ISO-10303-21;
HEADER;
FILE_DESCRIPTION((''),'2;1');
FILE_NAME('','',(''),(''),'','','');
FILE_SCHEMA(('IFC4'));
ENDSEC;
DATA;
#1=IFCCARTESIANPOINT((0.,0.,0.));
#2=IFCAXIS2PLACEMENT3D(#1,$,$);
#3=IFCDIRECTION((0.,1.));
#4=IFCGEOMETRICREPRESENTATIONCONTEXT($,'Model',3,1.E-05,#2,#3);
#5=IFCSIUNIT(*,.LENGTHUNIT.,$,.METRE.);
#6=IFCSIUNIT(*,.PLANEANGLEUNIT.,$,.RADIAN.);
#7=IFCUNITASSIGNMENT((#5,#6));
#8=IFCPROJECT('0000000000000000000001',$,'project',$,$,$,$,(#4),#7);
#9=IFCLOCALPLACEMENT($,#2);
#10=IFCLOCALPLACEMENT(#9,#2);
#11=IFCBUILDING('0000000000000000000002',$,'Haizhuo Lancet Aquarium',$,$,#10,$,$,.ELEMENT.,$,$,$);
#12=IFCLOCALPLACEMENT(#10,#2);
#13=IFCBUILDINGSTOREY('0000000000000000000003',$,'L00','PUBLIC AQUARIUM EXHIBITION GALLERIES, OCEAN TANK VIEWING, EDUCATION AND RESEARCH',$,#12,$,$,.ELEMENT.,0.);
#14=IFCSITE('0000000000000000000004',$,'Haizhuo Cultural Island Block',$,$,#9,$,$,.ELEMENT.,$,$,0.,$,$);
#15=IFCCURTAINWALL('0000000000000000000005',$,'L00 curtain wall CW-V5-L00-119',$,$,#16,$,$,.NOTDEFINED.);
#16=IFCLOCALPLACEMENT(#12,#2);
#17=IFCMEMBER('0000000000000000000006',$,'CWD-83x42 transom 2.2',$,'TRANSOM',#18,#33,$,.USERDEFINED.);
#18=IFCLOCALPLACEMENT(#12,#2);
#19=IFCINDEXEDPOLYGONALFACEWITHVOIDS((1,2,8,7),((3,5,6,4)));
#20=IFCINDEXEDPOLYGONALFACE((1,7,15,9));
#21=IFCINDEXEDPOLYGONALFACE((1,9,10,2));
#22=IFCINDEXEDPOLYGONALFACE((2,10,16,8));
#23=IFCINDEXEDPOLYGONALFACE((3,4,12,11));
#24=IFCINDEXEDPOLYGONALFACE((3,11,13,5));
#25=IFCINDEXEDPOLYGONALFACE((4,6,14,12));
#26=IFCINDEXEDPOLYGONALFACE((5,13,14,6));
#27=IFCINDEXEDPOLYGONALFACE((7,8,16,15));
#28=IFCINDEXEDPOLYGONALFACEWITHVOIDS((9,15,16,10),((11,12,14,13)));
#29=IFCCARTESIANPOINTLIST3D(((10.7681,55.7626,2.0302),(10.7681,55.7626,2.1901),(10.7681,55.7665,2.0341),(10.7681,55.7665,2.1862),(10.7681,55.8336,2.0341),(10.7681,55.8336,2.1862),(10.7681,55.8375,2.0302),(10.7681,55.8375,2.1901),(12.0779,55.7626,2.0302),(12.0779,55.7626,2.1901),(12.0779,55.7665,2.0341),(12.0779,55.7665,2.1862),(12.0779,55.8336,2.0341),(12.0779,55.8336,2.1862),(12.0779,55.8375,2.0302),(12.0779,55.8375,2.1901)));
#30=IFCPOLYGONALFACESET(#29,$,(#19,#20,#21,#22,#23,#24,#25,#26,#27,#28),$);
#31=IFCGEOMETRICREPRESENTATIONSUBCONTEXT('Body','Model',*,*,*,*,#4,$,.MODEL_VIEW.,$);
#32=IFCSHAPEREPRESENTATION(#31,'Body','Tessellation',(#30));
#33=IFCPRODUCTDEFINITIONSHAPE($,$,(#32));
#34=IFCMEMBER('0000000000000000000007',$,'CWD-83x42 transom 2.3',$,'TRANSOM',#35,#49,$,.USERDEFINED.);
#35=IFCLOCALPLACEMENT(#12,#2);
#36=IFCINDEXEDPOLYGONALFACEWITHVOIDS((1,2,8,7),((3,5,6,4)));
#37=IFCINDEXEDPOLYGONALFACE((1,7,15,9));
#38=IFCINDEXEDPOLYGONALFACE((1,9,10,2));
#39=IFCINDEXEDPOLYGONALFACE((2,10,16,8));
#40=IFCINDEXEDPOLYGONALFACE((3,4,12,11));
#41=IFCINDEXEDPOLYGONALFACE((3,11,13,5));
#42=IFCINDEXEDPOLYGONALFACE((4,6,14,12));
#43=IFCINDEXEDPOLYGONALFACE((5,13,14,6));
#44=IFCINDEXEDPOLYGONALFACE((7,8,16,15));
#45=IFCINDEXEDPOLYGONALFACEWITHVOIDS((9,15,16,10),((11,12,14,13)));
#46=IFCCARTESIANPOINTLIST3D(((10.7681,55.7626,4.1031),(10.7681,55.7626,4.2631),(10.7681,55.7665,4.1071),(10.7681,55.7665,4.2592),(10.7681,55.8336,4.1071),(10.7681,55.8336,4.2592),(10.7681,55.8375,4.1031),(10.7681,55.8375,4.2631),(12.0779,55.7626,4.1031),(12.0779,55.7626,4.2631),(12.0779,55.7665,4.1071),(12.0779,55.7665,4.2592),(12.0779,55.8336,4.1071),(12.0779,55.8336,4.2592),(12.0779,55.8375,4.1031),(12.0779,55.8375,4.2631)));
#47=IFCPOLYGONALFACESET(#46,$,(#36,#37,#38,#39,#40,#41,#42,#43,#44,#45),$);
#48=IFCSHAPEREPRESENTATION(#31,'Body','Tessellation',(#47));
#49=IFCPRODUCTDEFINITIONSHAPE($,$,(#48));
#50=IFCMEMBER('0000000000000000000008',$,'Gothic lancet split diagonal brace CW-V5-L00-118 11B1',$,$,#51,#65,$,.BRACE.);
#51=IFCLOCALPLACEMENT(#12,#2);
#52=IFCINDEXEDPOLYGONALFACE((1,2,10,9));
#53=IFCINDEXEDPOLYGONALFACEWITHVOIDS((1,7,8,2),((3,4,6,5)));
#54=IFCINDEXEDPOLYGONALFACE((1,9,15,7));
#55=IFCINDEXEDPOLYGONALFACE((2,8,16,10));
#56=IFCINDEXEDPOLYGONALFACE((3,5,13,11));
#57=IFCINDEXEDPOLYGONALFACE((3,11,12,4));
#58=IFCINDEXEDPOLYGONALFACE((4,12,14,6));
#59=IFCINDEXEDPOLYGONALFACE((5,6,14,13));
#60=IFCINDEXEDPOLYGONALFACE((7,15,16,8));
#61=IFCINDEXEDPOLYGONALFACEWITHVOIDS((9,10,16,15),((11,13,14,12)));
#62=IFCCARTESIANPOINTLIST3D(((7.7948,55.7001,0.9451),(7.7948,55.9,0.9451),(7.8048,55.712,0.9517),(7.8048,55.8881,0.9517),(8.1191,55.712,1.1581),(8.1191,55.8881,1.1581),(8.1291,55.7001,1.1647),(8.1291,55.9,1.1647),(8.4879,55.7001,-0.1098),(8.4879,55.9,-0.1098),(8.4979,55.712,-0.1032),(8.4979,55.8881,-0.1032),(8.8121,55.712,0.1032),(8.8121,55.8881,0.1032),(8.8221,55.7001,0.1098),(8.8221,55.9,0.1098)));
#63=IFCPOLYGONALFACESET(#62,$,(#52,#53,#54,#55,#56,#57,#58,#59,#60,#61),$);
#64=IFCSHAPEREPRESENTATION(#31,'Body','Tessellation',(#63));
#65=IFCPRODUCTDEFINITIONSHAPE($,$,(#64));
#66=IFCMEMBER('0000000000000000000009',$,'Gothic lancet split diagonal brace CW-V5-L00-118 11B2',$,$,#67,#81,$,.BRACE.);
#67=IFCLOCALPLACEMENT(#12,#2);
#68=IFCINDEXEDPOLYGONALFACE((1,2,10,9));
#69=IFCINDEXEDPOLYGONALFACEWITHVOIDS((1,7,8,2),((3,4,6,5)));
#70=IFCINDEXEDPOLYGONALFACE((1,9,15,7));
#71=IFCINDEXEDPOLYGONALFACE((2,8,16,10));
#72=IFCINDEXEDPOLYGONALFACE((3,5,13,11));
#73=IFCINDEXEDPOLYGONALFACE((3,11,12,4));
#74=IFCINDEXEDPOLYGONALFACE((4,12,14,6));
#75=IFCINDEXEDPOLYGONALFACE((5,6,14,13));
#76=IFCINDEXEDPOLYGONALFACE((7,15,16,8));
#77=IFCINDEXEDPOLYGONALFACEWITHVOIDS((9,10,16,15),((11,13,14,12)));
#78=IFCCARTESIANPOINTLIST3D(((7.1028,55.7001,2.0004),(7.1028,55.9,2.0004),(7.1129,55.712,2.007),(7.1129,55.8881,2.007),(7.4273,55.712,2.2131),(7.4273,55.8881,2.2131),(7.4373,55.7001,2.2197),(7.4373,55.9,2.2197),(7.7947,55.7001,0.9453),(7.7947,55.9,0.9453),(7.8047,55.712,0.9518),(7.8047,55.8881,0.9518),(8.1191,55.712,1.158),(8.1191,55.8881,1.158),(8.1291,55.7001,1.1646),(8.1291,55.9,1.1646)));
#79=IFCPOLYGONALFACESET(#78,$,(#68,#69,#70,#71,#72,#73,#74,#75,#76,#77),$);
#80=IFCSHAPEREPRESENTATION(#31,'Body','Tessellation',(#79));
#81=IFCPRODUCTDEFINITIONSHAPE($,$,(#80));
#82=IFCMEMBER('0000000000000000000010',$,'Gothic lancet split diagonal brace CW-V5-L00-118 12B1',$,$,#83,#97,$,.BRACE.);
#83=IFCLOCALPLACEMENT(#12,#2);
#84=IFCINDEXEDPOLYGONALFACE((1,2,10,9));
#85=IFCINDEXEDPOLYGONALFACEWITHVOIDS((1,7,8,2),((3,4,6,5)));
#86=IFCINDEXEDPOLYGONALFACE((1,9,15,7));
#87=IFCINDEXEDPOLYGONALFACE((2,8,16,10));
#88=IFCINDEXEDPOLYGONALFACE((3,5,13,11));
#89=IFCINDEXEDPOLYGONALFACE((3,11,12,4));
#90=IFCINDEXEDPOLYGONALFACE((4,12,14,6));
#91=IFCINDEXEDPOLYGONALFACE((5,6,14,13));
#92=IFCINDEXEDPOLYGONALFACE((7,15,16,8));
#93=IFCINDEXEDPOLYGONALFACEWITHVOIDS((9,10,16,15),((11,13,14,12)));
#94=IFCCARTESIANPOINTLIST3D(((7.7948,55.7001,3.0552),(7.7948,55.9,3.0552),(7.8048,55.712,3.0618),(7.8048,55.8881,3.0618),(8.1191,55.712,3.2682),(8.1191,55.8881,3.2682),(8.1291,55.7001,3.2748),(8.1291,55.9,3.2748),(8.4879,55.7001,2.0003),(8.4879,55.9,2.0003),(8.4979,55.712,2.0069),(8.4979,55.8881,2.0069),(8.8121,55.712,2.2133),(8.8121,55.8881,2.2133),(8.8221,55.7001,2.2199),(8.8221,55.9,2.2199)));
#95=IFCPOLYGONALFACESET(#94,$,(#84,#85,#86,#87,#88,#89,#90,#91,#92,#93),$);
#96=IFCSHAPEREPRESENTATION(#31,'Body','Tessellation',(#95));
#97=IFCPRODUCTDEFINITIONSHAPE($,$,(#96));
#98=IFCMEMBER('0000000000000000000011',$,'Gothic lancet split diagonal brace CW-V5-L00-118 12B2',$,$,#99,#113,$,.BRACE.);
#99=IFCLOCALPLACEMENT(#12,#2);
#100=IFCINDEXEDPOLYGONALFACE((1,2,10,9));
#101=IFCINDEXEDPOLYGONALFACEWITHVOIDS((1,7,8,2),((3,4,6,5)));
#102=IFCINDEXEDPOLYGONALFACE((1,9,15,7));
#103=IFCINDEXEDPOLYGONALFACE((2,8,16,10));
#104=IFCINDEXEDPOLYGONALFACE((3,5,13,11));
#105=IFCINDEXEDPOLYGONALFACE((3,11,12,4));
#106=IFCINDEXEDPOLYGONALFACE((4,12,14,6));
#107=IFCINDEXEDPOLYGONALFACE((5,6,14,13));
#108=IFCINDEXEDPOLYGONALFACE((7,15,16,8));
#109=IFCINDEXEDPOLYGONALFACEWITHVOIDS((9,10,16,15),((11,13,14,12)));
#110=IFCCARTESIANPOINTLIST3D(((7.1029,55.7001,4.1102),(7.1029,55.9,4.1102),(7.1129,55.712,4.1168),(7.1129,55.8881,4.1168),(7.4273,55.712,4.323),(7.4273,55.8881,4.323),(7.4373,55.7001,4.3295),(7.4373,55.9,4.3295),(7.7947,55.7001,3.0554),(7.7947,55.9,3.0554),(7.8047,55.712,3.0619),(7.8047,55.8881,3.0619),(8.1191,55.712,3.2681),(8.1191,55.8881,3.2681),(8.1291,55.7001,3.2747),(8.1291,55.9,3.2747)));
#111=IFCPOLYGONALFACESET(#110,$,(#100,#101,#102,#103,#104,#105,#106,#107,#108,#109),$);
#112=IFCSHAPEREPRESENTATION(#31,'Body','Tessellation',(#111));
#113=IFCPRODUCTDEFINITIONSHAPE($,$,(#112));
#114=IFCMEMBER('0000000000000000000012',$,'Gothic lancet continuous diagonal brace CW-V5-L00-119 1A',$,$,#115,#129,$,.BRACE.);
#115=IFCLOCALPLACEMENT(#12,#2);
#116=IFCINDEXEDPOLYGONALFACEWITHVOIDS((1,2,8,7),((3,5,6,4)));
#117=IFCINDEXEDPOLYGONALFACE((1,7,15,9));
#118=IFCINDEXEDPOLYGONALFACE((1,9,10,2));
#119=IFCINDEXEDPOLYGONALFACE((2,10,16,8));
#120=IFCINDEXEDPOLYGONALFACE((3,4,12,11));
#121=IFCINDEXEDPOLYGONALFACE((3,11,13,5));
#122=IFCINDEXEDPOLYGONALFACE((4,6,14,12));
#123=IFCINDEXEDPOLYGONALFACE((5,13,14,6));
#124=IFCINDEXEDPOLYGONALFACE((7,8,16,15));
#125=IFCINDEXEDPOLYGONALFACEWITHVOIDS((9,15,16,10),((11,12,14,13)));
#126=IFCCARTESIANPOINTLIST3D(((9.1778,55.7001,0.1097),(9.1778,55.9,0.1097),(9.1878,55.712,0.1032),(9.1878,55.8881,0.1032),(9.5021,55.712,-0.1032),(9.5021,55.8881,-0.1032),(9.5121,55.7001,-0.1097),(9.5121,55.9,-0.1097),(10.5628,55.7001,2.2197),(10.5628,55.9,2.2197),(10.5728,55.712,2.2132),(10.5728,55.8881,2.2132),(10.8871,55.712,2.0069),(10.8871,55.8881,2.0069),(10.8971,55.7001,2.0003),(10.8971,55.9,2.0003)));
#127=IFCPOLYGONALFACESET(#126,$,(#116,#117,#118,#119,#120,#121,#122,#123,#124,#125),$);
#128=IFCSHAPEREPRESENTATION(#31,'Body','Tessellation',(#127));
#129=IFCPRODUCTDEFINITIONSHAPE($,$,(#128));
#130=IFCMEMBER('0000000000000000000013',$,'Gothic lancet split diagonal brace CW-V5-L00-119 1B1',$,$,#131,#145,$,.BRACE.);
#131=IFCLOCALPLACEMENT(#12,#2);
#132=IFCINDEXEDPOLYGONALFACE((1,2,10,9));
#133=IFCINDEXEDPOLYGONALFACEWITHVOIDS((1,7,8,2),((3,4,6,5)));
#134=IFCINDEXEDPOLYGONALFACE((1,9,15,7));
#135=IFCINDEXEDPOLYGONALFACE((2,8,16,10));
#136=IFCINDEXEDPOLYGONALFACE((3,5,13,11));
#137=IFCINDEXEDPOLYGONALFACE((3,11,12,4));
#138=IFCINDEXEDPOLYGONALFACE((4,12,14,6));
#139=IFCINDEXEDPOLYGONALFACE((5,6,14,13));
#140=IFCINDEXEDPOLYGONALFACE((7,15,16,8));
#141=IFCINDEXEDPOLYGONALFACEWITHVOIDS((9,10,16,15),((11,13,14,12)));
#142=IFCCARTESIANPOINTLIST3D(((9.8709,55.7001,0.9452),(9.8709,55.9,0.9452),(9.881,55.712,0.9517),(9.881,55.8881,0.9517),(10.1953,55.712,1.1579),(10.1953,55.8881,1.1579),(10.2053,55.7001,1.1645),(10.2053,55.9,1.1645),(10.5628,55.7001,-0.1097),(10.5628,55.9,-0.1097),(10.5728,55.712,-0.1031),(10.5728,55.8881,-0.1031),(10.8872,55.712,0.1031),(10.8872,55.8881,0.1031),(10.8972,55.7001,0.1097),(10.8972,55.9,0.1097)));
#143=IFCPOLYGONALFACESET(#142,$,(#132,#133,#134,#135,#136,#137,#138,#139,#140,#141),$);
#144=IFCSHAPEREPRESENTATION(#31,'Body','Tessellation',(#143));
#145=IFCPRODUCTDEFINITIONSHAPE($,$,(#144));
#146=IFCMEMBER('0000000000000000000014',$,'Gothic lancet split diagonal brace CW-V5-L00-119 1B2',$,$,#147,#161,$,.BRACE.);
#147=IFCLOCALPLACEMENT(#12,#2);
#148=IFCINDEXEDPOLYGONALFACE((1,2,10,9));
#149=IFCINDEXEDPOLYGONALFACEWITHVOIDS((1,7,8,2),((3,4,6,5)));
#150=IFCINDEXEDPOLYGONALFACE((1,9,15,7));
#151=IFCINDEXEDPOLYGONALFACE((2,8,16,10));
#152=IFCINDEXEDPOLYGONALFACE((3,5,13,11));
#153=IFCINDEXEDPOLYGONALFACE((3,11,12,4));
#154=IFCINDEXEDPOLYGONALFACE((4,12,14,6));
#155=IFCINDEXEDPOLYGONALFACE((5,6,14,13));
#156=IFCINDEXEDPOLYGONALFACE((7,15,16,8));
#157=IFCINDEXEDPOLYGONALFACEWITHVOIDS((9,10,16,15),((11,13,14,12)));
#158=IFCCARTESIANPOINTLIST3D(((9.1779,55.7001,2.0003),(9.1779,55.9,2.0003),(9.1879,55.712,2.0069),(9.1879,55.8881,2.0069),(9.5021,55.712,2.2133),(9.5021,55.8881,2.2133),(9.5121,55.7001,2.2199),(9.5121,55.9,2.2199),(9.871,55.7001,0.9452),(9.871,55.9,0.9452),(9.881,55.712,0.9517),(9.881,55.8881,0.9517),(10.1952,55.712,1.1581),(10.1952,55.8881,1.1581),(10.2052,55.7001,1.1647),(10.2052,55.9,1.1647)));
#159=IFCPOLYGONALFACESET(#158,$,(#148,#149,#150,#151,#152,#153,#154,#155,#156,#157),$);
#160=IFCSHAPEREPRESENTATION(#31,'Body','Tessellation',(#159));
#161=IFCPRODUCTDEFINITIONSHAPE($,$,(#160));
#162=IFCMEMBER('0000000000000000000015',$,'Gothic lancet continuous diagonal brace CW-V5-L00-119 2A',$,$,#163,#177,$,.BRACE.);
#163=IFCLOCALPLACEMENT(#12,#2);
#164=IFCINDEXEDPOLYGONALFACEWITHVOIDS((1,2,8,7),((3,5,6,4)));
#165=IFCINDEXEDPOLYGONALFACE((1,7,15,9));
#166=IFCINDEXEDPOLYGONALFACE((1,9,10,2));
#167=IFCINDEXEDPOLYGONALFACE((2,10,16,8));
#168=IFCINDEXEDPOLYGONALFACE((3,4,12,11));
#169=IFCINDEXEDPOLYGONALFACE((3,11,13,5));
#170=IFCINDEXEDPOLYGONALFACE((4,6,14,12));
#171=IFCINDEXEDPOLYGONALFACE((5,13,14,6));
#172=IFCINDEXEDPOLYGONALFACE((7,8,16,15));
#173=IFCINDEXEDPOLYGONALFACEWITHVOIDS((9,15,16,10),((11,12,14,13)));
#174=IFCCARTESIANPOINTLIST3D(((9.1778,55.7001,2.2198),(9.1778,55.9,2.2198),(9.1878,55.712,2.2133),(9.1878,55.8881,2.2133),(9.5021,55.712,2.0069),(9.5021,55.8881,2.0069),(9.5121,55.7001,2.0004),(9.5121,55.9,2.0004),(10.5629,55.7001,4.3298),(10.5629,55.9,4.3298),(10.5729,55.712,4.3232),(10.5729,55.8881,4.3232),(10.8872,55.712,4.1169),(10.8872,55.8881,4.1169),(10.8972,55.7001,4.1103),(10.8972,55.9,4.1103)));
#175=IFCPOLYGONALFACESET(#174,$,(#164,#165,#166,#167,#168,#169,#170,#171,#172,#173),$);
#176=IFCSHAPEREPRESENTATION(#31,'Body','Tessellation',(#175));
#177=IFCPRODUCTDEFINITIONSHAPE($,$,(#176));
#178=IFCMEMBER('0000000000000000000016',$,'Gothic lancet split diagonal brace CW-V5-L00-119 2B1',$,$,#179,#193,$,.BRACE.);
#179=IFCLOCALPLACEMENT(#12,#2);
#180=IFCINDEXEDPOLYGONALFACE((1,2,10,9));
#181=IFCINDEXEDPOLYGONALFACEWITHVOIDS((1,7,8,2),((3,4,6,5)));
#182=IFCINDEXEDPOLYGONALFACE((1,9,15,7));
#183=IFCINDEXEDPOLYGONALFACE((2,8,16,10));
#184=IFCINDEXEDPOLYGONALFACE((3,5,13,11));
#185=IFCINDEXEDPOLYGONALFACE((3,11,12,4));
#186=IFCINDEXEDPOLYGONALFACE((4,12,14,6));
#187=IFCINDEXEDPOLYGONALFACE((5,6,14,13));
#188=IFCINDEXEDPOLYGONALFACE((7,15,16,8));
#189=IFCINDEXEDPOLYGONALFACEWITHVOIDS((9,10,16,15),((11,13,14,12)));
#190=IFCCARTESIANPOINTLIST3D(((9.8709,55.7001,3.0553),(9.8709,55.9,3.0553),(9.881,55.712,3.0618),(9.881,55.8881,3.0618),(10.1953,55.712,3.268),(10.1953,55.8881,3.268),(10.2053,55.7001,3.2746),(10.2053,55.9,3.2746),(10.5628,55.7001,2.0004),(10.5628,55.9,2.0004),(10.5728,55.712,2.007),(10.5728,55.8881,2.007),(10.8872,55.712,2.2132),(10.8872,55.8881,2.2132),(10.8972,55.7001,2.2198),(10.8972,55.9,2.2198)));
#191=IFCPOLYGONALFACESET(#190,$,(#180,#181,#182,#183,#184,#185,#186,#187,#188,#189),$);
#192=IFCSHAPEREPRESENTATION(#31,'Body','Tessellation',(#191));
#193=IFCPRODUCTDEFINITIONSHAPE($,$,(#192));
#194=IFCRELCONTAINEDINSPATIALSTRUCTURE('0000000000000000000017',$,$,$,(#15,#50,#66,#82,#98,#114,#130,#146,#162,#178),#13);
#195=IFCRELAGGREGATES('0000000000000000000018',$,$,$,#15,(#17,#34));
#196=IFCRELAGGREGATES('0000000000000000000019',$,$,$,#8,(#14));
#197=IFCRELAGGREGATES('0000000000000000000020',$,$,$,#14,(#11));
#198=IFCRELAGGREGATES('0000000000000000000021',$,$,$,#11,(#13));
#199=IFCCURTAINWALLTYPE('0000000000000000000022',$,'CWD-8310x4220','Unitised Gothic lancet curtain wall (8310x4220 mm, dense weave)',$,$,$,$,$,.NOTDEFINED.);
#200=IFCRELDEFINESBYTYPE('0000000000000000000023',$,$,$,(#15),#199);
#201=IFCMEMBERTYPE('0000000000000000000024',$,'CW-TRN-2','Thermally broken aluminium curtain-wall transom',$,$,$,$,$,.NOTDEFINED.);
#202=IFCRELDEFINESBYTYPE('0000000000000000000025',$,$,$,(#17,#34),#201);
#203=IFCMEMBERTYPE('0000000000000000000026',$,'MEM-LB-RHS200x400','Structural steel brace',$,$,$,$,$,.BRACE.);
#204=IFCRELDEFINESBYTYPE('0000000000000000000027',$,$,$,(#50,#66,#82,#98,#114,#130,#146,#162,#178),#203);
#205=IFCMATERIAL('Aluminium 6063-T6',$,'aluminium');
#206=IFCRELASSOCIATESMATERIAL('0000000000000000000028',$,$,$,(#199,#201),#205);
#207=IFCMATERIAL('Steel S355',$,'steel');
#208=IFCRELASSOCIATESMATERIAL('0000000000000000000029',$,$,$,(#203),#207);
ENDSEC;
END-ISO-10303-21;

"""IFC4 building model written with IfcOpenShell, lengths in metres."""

from ifc_helpers import new_model, si_unit, direction, frame, origin, origin_2d, place, context, subcontext, project, spatial, hollow_rectangle, extrude, material, material_profile, profile_set, type_object, element, aggregate, save


model = new_model("IFC4")

# Units and contexts
model_context = context("Model", 3, precision=1e-05, world=origin(), true_north=direction((0.0, 1.0)))
body_context = subcontext(model_context, "Body", "Model", "MODEL_VIEW")
ifc_project = project(units=[si_unit("LENGTHUNIT", "METRE"), si_unit("PLANEANGLEUNIT", "RADIAN")], contexts=[model_context])

# Site, building, storey
site_placement = place(None, origin())
site = spatial("IfcSite", under=ifc_project, at=site_placement, Name="Haizhuo Cultural Island Block", CompositionType="ELEMENT", RefElevation=0.0)
building_placement = place(site_placement, origin())
building = spatial("IfcBuilding", under=site, at=building_placement, Name="Haizhuo Lancet Aquarium", CompositionType="ELEMENT")
storey_placement = place(building_placement, origin())
storey = spatial("IfcBuildingStorey", under=building, at=storey_placement, Name="L00", Description="PUBLIC AQUARIUM EXHIBITION GALLERIES, OCEAN TANK VIEWING, EDUCATION AND RESEARCH", CompositionType="ELEMENT", Elevation=0.0)

# Shared definitions
ifc_material_1 = material(Name="Aluminium 6063-T6", Category="aluminium")
curtain_wall_type = type_object("IfcCurtainWallType", Name="CWD-8310x4220", Description="Unitised Gothic lancet curtain wall (8310x4220 mm, dense weave)", PredefinedType="NOTDEFINED", material=ifc_material_1)

# Curtain wall
curtain_wall_1_placement = place(storey_placement, origin())
curtain_wall_1 = element("IfcCurtainWall", 1, at=curtain_wall_1_placement, inside=storey, type_object=curtain_wall_type, Name="L00 curtain wall CW-V5-L00-119", PredefinedType="NOTDEFINED")

# Members
ifc_material_profile_1 = material_profile(ifc_material_1, hollow_rectangle(XDim=0.075, YDim=0.1599, WallThickness=0.0039, at=origin_2d()), Name="ALU-T 75x160x4")
ifc_profile_set_1 = profile_set([ifc_material_profile_1], Name="Aluminium 6063-T6")
member_type_1 = type_object("IfcMemberType", Name="CW-TRN-2", Description="Thermally broken aluminium curtain-wall transom", PredefinedType="NOTDEFINED", material=ifc_profile_set_1)
member_1_placement = place(storey_placement, frame((10.7681, 55.8, 2.1101), z_axis=(1.0, 0.0, 0.0), x_axis=(0.0, 1.0, 0.0)))
member_1 = element("IfcMember", 2, at=member_1_placement, type_object=member_type_1, Name="CWD-83x42 transom 2.2", ObjectType="TRANSOM", PredefinedType="USERDEFINED", context=body_context, shape_type="SweptSolid", body=[
    extrude(hollow_rectangle(XDim=0.075, YDim=0.1599, WallThickness=0.0039, at=origin_2d()), origin(), (0.0, 0.0, 1.0), 1.3098),
])
member_2_placement = place(storey_placement, frame((10.7681, 55.8, 4.1831), z_axis=(1.0, 0.0, 0.0), x_axis=(0.0, 1.0, 0.0)))
member_2 = element("IfcMember", 3, at=member_2_placement, type_object=member_type_1, Name="CWD-83x42 transom 2.3", ObjectType="TRANSOM", PredefinedType="USERDEFINED", context=body_context, shape_type="SweptSolid", body=[
    extrude(hollow_rectangle(XDim=0.075, YDim=0.1599, WallThickness=0.0039, at=origin_2d()), origin(), (0.0, 0.0, 1.0), 1.3098),
])

# Members
ifc_material_2 = material(Name="Steel S355", Category="steel")
ifc_material_profile_2 = material_profile(ifc_material_2, hollow_rectangle(XDim=0.2, YDim=0.3999, WallThickness=0.012, at=origin_2d()), Name="RHS 200x400x12")
ifc_profile_set_2 = profile_set([ifc_material_profile_2], Name="Steel S355")
member_type_2 = type_object("IfcMemberType", Name="MEM-LB-RHS200x400", Description="Structural steel brace", PredefinedType="BRACE", material=ifc_profile_set_2)
member_3_placement = place(storey_placement, frame((8.655, 55.8, 0.0), z_axis=(-0.549108, 0.0, 0.835751), x_axis=(0.0, -1.0, 0.0)))
element("IfcMember", 4, at=member_3_placement, inside=storey, type_object=member_type_2, Name="Gothic lancet split diagonal brace CW-V5-L00-118 11B1", PredefinedType="BRACE", context=body_context, shape_type="SweptSolid", body=[
    extrude(hollow_rectangle(XDim=0.2, YDim=0.3999, WallThickness=0.012, at=origin_2d()), origin(), (0.0, 0.0, 1.0), 1.2622),
])
member_4_placement = place(storey_placement, frame((7.9619, 55.8, 1.0549), z_axis=(-0.548344, 0.0, 0.836253), x_axis=(0.0, -1.0, 0.0)))
element("IfcMember", 5, at=member_4_placement, inside=storey, type_object=member_type_2, Name="Gothic lancet split diagonal brace CW-V5-L00-118 11B2", PredefinedType="BRACE", context=body_context, shape_type="SweptSolid", body=[
    extrude(hollow_rectangle(XDim=0.2, YDim=0.3999, WallThickness=0.012, at=origin_2d()), origin(), (0.0, 0.0, 1.0), 1.2617),
])
member_5_placement = place(storey_placement, frame((8.655, 55.8, 2.1101), z_axis=(-0.549108, 0.0, 0.835751), x_axis=(0.0, -1.0, 0.0)))
element("IfcMember", 6, at=member_5_placement, inside=storey, type_object=member_type_2, Name="Gothic lancet split diagonal brace CW-V5-L00-118 12B1", PredefinedType="BRACE", context=body_context, shape_type="SweptSolid", body=[
    extrude(hollow_rectangle(XDim=0.2, YDim=0.3999, WallThickness=0.012, at=origin_2d()), origin(), (0.0, 0.0, 1.0), 1.2622),
])
member_6_placement = place(storey_placement, frame((7.9619, 55.8, 3.165), z_axis=(-0.548432, 0.0, 0.836195), x_axis=(0.0, -1.0, 0.0)))
element("IfcMember", 7, at=member_6_placement, inside=storey, type_object=member_type_2, Name="Gothic lancet split diagonal brace CW-V5-L00-118 12B2", PredefinedType="BRACE", context=body_context, shape_type="SweptSolid", body=[
    extrude(hollow_rectangle(XDim=0.2, YDim=0.3999, WallThickness=0.012, at=origin_2d()), origin(), (0.0, 0.0, 1.0), 1.2615),
])
member_7_placement = place(storey_placement, frame((9.345, 55.8, 0.0), z_axis=(0.548726, 0.0, 0.836002), x_axis=(0.0, 1.0, 0.0)))
element("IfcMember", 8, at=member_7_placement, inside=storey, type_object=member_type_2, Name="Gothic lancet continuous diagonal brace CW-V5-L00-119 1A", PredefinedType="BRACE", context=body_context, shape_type="SweptSolid", body=[
    extrude(hollow_rectangle(XDim=0.2, YDim=0.3999, WallThickness=0.012, at=origin_2d()), origin(), (0.0, 0.0, 1.0), 2.5239),
])
member_8_placement = place(storey_placement, frame((10.73, 55.8, 0.0), z_axis=(-0.548432, 0.0, 0.836195), x_axis=(0.0, -1.0, 0.0)))
element("IfcMember", 9, at=member_8_placement, inside=storey, type_object=member_type_2, Name="Gothic lancet split diagonal brace CW-V5-L00-119 1B1", PredefinedType="BRACE", context=body_context, shape_type="SweptSolid", body=[
    extrude(hollow_rectangle(XDim=0.2, YDim=0.3999, WallThickness=0.012, at=origin_2d()), origin(), (0.0, 0.0, 1.0), 1.2615),
])
member_9_placement = place(storey_placement, frame((10.0381, 55.8, 1.0549), z_axis=(-0.54902, 0.0, 0.835809), x_axis=(0.0, -1.0, 0.0)))
element("IfcMember", 10, at=member_9_placement, inside=storey, type_object=member_type_2, Name="Gothic lancet split diagonal brace CW-V5-L00-119 1B2", PredefinedType="BRACE", context=body_context, shape_type="SweptSolid", body=[
    extrude(hollow_rectangle(XDim=0.2, YDim=0.3999, WallThickness=0.012, at=origin_2d()), origin(), (0.0, 0.0, 1.0), 1.2625),
])
member_10_placement = place(storey_placement, frame((9.345, 55.8, 2.1101), z_axis=(0.548771, 0.0, 0.835973), x_axis=(0.0, 1.0, 0.0)))
element("IfcMember", 11, at=member_10_placement, inside=storey, type_object=member_type_2, Name="Gothic lancet continuous diagonal brace CW-V5-L00-119 2A", PredefinedType="BRACE", context=body_context, shape_type="SweptSolid", body=[
    extrude(hollow_rectangle(XDim=0.2, YDim=0.3999, WallThickness=0.012, at=origin_2d()), origin(), (0.0, 0.0, 1.0), 2.5239),
])
member_11_placement = place(storey_placement, frame((10.73, 55.8, 2.1101), z_axis=(-0.548432, 0.0, 0.836195), x_axis=(0.0, -1.0, 0.0)))
element("IfcMember", 12, at=member_11_placement, inside=storey, type_object=member_type_2, Name="Gothic lancet split diagonal brace CW-V5-L00-119 2B1", PredefinedType="BRACE", context=body_context, shape_type="SweptSolid", body=[
    extrude(hollow_rectangle(XDim=0.2, YDim=0.3999, WallThickness=0.012, at=origin_2d()), origin(), (0.0, 0.0, 1.0), 1.2615),
])

aggregate(curtain_wall_1, [member_1, member_2])

save(model, "model.ifc")
